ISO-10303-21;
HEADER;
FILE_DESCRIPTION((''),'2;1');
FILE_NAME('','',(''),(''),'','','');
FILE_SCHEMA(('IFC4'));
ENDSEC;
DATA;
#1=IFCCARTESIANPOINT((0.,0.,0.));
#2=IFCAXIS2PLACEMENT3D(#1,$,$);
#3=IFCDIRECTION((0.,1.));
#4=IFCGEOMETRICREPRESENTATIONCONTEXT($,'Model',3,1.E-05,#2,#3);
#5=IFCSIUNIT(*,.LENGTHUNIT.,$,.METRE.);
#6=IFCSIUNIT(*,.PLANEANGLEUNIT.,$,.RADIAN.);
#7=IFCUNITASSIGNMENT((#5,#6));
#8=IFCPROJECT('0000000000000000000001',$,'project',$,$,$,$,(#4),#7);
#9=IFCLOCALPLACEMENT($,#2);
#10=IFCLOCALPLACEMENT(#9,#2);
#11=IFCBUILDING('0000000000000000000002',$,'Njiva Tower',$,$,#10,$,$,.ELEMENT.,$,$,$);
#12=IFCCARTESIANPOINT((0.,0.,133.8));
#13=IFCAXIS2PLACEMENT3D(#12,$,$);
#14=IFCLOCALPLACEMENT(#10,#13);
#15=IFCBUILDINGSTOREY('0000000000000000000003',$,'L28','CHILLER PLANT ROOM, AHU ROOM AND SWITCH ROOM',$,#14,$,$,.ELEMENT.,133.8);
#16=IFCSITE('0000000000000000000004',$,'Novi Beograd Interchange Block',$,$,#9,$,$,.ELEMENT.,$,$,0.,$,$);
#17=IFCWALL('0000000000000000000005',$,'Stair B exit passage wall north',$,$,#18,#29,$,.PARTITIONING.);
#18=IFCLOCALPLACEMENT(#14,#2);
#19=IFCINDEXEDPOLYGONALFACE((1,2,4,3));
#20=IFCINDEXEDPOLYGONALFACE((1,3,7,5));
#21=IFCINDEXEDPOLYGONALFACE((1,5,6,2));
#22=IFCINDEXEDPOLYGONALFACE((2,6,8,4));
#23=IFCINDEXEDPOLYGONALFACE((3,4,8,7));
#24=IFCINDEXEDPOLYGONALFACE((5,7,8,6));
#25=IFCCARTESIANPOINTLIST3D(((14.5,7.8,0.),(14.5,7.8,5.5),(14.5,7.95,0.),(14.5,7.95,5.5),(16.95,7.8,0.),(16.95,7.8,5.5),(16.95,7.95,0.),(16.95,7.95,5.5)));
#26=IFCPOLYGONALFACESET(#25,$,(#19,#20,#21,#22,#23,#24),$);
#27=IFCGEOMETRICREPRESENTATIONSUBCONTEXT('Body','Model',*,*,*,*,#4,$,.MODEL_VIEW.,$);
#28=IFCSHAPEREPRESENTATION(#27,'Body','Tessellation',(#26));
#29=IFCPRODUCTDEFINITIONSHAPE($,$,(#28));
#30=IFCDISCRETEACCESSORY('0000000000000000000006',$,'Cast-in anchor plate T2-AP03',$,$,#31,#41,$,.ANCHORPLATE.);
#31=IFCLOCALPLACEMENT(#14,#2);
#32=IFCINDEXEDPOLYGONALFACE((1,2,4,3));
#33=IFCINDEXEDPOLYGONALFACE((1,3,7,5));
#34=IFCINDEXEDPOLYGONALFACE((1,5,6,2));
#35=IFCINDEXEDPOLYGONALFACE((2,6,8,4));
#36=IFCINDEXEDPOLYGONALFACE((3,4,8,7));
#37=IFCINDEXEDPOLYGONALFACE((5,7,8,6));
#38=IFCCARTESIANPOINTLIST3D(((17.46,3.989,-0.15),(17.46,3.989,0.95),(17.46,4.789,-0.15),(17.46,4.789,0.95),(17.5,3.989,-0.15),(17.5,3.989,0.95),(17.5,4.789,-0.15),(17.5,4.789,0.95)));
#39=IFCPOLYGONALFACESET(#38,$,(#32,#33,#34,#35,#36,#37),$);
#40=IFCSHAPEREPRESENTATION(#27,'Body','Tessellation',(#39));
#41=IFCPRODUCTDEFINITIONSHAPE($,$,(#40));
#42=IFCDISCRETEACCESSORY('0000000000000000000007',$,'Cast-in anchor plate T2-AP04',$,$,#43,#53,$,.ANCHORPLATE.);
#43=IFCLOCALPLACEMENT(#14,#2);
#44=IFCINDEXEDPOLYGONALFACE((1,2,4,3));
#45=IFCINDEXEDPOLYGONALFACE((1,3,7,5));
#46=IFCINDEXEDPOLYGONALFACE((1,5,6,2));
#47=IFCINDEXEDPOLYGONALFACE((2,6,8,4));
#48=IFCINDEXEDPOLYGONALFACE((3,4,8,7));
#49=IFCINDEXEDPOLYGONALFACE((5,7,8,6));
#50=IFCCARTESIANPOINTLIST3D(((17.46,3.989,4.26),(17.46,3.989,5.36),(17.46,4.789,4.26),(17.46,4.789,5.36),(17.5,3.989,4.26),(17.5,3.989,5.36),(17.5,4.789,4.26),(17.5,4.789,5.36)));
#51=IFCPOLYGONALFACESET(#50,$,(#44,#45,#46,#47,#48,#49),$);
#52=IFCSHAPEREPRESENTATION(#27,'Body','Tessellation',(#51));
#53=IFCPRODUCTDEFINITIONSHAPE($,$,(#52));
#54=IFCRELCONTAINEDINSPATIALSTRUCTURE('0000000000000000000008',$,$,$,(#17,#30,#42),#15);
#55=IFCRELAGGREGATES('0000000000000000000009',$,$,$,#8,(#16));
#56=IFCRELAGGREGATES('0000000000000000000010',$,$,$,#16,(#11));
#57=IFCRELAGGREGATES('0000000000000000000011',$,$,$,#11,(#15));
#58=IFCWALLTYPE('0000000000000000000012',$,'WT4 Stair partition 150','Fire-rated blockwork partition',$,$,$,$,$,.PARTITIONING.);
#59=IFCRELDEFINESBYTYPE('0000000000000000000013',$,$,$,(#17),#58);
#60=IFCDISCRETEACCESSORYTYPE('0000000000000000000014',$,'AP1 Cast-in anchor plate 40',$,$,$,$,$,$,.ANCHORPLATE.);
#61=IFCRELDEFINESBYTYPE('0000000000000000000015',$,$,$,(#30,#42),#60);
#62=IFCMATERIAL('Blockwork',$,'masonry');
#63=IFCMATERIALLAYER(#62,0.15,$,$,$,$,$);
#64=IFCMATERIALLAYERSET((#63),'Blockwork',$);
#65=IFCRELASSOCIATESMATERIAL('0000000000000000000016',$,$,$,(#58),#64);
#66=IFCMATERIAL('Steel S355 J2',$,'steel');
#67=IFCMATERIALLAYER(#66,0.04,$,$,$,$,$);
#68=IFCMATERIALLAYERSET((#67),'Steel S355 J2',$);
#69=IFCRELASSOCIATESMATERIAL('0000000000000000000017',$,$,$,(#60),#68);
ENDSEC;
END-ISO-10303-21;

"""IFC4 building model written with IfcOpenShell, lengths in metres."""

from ifc_helpers import new_model, si_unit, direction, frame, frame_2d, origin, place, context, subcontext, project, spatial, polyline, rectangle, outline, extrude, material, layer, layer_set, type_object, element, save


model = new_model("IFC4")

# Units and contexts
model_context = context("Model", 3, precision=1e-05, world=origin(), true_north=direction((0.0, 1.0)))
body_context = subcontext(model_context, "Body", "Model", "MODEL_VIEW")
ifc_project = project(units=[si_unit("LENGTHUNIT", "METRE"), si_unit("PLANEANGLEUNIT", "RADIAN")], contexts=[model_context])

# Site, building, storey
site_placement = place(None, origin())
site = spatial("IfcSite", under=ifc_project, at=site_placement, Name="Novi Beograd Interchange Block", CompositionType="ELEMENT", RefElevation=0.0)
building_placement = place(site_placement, origin())
building = spatial("IfcBuilding", under=site, at=building_placement, Name="Njiva Tower", CompositionType="ELEMENT")
storey_placement = place(building_placement, frame((0.0, 0.0, 133.8)))
storey = spatial("IfcBuildingStorey", under=building, at=storey_placement, Name="L28", Description="CHILLER PLANT ROOM, AHU ROOM AND SWITCH ROOM", CompositionType="ELEMENT", Elevation=133.8)

# Shared definitions
ifc_material_1 = material(Name="Steel S355 J2", Category="steel")

# Wall
ifc_material_2 = material(Name="Blockwork", Category="masonry")
ifc_layer_1 = layer(ifc_material_2, 0.15)
ifc_layer_set_1 = layer_set([ifc_layer_1], Name="Blockwork")
wall_type_1 = type_object("IfcWallType", Name="WT4 Stair partition 150", Description="Fire-rated blockwork partition", PredefinedType="PARTITIONING", material=ifc_layer_set_1)
wall_1_placement = place(storey_placement, frame((14.5, 7.875, 0.0), z_axis=(0.0, 0.0, 1.0), x_axis=(1.0, 0.0, 0.0)))
element("IfcWall", 1, at=wall_1_placement, inside=storey, type_object=wall_type_1, Name="Stair B exit passage wall north", PredefinedType="PARTITIONING", context=body_context, shape_type="SweptSolid", body=[
    extrude(rectangle(XDim=2.45, YDim=0.15, at=frame_2d((1.225, 0.0))), origin(), (0.0, 0.0, 1.0), 5.5),
])

# Discrete accessories
ifc_layer_2 = layer(ifc_material_1, 0.04)
ifc_layer_set_2 = layer_set([ifc_layer_2], Name="Steel S355 J2")
discrete_accessory_type = type_object("IfcDiscreteAccessoryType", Name="AP1 Cast-in anchor plate 40", PredefinedType="ANCHORPLATE", material=ifc_layer_set_2)
for number, where, name in (
    (2, (17.48, 4.389, -0.15), "Cast-in anchor plate T2-AP03"),
    (3, (17.48, 4.389, 4.26), "Cast-in anchor plate T2-AP04"),
):
    element("IfcDiscreteAccessory", number, at=place(storey_placement, frame(where)), inside=storey, type_object=discrete_accessory_type, Name=name, PredefinedType="ANCHORPLATE", context=body_context, shape_type="SweptSolid", body=[
        extrude(outline(polyline([(0.02, 0.4), (-0.02, 0.4), (-0.02, -0.4), (0.02, -0.4), (0.02, 0.4)])), origin(), (0.0, 0.0, 1.0), 1.1),
    ])

save(model, "model.ifc")
